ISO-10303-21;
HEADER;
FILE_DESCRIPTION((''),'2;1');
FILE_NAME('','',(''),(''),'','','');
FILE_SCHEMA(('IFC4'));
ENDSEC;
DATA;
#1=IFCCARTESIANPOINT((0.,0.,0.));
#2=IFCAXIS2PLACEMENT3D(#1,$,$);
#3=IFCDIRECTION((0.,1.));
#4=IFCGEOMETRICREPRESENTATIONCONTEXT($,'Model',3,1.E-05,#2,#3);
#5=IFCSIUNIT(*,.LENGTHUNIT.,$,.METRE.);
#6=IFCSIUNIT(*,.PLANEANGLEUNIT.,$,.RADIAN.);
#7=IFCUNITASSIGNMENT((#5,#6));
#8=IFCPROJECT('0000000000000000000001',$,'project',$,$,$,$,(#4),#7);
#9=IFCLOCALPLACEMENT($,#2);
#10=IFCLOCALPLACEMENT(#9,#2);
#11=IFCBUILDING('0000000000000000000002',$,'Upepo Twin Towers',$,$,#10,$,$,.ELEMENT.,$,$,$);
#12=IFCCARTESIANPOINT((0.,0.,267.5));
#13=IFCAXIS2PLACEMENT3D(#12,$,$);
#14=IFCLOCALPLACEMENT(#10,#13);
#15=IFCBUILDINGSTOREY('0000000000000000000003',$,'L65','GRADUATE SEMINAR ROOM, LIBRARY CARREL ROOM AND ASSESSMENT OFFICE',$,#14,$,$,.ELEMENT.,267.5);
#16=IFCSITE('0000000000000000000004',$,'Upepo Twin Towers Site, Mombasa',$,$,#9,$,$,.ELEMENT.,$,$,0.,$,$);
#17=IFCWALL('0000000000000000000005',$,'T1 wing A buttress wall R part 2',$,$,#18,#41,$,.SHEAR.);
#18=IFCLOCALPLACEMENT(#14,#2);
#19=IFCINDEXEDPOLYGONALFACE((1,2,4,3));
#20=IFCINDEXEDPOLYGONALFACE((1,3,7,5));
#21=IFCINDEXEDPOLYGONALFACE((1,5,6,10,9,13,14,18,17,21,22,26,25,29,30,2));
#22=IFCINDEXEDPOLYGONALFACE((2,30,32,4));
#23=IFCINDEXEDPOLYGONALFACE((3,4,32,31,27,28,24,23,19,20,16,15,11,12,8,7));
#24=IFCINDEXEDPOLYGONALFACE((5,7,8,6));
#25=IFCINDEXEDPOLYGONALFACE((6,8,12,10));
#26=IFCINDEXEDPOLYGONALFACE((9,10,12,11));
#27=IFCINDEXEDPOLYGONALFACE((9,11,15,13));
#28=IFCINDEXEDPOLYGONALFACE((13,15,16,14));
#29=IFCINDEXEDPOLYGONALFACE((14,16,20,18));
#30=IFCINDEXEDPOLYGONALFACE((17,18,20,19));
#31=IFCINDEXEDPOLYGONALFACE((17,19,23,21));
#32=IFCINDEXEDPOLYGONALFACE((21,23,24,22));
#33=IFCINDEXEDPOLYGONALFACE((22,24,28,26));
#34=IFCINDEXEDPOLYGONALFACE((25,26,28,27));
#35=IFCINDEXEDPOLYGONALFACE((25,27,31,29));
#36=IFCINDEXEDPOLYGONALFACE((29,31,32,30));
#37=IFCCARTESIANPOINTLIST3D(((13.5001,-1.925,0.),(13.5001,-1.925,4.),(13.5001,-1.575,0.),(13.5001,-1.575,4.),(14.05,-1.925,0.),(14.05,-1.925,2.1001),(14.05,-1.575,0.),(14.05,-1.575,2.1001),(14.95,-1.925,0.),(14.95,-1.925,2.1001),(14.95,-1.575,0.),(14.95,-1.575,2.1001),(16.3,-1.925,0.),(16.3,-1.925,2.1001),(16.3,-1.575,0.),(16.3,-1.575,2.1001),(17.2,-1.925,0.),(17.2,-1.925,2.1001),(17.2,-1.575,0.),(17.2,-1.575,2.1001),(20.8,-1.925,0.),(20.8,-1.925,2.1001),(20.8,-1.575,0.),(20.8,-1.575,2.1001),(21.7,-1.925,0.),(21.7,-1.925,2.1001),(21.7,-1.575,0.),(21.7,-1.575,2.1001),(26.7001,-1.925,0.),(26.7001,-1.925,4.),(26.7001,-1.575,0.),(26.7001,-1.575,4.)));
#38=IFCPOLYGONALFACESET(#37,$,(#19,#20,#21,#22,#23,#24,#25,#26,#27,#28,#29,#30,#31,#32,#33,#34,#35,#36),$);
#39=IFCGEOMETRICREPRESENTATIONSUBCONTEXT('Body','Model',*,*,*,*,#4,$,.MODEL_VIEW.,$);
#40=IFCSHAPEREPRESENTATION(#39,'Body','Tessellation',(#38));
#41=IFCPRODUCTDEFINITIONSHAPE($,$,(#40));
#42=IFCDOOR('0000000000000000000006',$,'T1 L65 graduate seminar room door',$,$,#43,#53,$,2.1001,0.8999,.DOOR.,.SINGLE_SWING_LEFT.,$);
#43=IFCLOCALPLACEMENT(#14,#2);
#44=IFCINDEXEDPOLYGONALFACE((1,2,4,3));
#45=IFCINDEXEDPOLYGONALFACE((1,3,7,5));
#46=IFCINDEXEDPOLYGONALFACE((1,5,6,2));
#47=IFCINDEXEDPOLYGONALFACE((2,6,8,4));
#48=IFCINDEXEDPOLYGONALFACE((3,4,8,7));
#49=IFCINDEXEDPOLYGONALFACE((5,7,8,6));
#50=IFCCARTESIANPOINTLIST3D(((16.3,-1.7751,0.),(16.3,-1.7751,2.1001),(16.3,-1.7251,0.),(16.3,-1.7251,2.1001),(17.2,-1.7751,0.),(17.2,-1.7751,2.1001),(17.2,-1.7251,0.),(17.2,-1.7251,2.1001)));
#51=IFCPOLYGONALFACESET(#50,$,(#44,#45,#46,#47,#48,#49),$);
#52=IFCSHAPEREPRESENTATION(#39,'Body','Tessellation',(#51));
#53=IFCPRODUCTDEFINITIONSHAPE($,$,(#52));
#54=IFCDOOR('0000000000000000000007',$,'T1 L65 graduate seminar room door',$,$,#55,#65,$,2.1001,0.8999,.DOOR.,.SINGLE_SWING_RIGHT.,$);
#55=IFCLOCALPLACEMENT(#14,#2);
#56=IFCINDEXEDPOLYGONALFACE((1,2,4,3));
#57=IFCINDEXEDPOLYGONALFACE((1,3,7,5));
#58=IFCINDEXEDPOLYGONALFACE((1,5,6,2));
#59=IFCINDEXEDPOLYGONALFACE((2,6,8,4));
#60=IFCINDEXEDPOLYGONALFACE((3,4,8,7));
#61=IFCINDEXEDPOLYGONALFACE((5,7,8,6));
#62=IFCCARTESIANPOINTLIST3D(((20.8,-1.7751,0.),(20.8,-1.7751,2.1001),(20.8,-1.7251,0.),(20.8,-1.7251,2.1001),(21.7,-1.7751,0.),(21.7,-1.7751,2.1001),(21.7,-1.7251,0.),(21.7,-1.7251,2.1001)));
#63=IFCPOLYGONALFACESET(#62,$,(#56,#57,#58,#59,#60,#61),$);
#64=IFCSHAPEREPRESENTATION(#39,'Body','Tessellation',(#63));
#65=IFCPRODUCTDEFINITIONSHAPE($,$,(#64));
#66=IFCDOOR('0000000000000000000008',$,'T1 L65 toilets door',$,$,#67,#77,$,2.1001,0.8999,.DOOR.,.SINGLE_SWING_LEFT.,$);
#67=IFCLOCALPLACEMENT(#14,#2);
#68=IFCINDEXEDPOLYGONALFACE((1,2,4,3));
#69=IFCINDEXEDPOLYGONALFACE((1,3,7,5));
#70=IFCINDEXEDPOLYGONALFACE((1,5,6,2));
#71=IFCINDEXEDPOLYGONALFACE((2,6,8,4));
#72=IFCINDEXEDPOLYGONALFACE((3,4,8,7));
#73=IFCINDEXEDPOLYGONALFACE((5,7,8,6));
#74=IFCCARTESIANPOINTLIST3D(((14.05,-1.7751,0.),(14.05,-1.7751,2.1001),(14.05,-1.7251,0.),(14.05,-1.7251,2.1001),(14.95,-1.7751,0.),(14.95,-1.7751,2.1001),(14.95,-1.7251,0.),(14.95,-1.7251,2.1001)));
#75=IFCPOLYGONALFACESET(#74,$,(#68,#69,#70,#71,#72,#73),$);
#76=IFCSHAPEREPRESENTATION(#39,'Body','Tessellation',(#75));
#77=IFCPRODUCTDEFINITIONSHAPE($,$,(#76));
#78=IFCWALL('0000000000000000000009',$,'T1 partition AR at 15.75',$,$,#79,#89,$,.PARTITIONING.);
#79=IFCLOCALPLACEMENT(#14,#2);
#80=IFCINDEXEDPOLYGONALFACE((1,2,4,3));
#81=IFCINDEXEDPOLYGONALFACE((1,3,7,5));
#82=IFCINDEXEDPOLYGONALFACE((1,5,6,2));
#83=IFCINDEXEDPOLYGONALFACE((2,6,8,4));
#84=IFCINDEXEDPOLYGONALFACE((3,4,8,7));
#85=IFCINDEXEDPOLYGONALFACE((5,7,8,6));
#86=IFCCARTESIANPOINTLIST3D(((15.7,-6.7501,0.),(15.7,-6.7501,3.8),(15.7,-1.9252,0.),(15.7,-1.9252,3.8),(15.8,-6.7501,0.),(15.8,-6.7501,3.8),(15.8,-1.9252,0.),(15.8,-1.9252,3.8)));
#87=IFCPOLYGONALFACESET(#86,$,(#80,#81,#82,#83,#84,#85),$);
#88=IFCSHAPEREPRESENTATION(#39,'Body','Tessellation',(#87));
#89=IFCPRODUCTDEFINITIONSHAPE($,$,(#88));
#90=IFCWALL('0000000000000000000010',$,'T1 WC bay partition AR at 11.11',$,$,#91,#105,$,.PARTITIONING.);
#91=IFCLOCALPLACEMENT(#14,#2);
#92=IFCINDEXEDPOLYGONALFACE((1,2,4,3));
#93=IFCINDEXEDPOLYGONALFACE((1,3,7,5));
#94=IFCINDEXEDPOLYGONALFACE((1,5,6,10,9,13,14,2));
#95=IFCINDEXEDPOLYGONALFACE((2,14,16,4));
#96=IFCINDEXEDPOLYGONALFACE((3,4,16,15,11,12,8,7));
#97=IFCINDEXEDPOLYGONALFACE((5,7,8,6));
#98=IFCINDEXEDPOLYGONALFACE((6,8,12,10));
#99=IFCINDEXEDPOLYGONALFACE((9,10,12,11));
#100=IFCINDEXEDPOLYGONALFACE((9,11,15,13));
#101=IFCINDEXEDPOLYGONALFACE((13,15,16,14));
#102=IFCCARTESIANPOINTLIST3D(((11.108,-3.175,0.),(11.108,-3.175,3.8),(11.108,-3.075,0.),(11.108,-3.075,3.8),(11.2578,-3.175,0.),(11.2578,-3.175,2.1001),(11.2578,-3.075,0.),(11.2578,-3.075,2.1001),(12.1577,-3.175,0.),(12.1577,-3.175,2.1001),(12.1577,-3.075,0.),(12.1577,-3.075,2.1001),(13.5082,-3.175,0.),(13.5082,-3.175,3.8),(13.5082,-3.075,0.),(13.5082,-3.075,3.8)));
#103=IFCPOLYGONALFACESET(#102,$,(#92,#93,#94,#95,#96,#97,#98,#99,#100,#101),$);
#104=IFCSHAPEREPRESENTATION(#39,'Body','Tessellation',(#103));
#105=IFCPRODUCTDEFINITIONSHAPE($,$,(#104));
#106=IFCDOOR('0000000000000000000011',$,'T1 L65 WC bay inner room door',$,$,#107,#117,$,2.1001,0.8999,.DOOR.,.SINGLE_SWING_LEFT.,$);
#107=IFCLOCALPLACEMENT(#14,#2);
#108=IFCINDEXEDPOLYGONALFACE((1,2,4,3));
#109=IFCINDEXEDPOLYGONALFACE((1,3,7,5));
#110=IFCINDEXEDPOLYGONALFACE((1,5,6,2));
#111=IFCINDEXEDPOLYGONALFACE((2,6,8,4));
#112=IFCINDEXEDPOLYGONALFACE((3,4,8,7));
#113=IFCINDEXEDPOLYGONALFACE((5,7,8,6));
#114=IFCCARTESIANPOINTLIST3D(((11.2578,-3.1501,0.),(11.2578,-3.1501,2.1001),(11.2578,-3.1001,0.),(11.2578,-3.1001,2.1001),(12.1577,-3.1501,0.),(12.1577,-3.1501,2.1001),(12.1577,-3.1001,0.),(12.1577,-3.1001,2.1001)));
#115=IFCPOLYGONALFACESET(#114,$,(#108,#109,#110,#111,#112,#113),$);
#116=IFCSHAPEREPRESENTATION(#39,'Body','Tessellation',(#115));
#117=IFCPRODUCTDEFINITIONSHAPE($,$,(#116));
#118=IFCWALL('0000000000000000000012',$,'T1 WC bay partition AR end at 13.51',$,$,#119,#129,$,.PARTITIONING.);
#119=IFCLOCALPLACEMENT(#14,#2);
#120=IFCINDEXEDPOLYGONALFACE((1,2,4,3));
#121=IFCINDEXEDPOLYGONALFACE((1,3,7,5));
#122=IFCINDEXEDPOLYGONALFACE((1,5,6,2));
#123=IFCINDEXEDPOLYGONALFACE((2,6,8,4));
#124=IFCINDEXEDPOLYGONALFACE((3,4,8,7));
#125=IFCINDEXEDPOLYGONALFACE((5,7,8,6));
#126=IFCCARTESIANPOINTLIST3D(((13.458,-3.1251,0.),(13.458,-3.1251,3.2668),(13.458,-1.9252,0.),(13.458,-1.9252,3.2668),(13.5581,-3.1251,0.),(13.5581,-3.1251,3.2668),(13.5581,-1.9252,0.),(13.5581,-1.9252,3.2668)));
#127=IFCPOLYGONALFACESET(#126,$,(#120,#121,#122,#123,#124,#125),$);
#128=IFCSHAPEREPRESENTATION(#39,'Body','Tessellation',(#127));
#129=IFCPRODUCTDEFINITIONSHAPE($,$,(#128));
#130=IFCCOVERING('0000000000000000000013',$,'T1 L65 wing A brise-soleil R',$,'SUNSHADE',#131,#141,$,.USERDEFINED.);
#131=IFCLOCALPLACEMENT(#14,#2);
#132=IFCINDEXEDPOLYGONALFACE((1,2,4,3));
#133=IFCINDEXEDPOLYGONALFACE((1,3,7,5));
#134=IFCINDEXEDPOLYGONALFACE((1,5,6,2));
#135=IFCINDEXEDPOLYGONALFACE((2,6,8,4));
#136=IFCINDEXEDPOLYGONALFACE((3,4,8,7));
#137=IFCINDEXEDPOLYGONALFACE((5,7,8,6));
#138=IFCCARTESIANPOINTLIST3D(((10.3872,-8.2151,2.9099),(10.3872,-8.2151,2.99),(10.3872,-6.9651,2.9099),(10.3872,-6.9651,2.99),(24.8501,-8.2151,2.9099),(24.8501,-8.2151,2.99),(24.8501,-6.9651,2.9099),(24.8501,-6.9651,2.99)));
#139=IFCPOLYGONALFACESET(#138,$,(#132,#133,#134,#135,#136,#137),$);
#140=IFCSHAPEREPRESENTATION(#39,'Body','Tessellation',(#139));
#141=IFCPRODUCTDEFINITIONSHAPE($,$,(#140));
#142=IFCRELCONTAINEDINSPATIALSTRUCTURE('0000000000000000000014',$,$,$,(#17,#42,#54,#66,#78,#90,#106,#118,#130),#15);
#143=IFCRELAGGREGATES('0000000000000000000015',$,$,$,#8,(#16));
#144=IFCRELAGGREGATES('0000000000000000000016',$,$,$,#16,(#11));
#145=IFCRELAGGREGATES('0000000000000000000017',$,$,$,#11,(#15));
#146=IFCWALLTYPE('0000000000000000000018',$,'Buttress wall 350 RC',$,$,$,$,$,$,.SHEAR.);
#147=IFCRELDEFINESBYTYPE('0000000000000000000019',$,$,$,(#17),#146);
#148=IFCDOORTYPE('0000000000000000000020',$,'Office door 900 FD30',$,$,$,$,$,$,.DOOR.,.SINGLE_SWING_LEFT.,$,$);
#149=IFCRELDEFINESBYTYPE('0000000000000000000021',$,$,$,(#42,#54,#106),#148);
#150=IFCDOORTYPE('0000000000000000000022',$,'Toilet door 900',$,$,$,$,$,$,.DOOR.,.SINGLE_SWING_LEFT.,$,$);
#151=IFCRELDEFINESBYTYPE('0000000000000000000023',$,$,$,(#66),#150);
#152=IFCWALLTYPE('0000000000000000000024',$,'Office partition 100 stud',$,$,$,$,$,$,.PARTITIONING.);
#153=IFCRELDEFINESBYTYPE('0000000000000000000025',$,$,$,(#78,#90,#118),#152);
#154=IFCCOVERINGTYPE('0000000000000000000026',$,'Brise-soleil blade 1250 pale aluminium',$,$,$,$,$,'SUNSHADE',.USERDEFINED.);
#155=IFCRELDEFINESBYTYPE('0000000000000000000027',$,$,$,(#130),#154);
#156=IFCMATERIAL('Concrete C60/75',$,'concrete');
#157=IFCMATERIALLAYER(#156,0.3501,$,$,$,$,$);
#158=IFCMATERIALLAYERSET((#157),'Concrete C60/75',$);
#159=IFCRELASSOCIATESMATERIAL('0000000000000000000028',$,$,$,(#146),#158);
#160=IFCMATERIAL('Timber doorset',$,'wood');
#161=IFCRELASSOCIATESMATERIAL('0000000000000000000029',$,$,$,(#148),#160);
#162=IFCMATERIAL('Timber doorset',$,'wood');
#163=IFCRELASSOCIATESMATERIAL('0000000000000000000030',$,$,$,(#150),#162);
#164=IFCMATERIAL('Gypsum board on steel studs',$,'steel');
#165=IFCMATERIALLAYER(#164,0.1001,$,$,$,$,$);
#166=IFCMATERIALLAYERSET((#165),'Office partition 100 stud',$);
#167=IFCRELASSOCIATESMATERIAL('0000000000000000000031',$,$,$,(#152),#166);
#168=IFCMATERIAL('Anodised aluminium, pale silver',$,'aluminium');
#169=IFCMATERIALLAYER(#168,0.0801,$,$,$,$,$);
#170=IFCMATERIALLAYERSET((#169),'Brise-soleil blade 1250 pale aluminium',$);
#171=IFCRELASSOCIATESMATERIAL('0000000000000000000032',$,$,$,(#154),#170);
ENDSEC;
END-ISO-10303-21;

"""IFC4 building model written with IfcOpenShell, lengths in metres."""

from ifc_helpers import new_model, si_unit, direction, frame, frame_2d, origin, origin_2d, place, context, subcontext, project, spatial, rectangle, extrude, material, layer, layer_set, type_object, element, fill, save


model = new_model("IFC4")

# Units and contexts
model_context = context("Model", 3, precision=1e-05, world=origin(), true_north=direction((0.0, 1.0)))
body_context = subcontext(model_context, "Body", "Model", "MODEL_VIEW")
ifc_project = project(units=[si_unit("LENGTHUNIT", "METRE"), si_unit("PLANEANGLEUNIT", "RADIAN")], contexts=[model_context])

# Site, building, storey
site_placement = place(None, origin())
site = spatial("IfcSite", under=ifc_project, at=site_placement, Name="Upepo Twin Towers Site, Mombasa", CompositionType="ELEMENT", RefElevation=0.0)
building_placement = place(site_placement, origin())
building = spatial("IfcBuilding", under=site, at=building_placement, Name="Upepo Twin Towers", CompositionType="ELEMENT")
storey_placement = place(building_placement, frame((0.0, 0.0, 267.5)))
storey = spatial("IfcBuildingStorey", under=building, at=storey_placement, Name="L65", Description="GRADUATE SEMINAR ROOM, LIBRARY CARREL ROOM AND ASSESSMENT OFFICE", CompositionType="ELEMENT", Elevation=267.5)

# Shared definitions
ifc_material_1 = material(Name="Concrete C60/75", Category="concrete")
ifc_layer_1 = layer(ifc_material_1, 0.3501)
ifc_layer_set_1 = layer_set([ifc_layer_1], Name="Concrete C60/75")
wall_type_1 = type_object("IfcWallType", Name="Buttress wall 350 RC", PredefinedType="SHEAR", material=ifc_layer_set_1)

# Wall, openings, doors
wall_1_placement = place(storey_placement, frame((13.5, -1.75, 0.0), z_axis=(0.0, 0.0, 1.0), x_axis=(1.0, 0.0, 0.0)))
wall_1 = element("IfcWall", 1, at=wall_1_placement, inside=storey, type_object=wall_type_1, Name="T1 wing A buttress wall R part 2", PredefinedType="SHEAR", context=body_context, shape_type="SweptSolid", body=[
    extrude(rectangle(XDim=13.2, YDim=0.3501, at=frame_2d((6.6001, 0.0))), origin(), (0.0, 0.0, 1.0), 4.0),
])
opening_1_placement = place(wall_1_placement, frame((0.55, 0.0, 0.0)))
opening_1 = element("IfcOpeningElement", 2, at=opening_1_placement, cuts=wall_1, PredefinedType="OPENING", context=body_context, shape_type="SweptSolid", body=[
    extrude(rectangle(XDim=0.8999, YDim=2.1001, at=frame_2d((0.45, 1.05))), frame((0.0, 0.1851, 0.0), z_axis=(0.0, -1.0, 0.0), x_axis=(1.0, 0.0, 0.0)), (0.0, 0.0, 1.0), 0.3701),
])
opening_2_placement = place(wall_1_placement, frame((2.8, 0.0, 0.0)))
opening_2 = element("IfcOpeningElement", 3, at=opening_2_placement, cuts=wall_1, PredefinedType="OPENING", context=body_context, shape_type="SweptSolid", body=[
    extrude(rectangle(XDim=0.8999, YDim=2.1001, at=frame_2d((0.45, 1.05))), frame((0.0, 0.1851, 0.0), z_axis=(0.0, -1.0, 0.0), x_axis=(1.0, 0.0, 0.0)), (0.0, 0.0, 1.0), 0.3701),
])
opening_3_placement = place(wall_1_placement, frame((7.3, 0.0, 0.0)))
opening_3 = element("IfcOpeningElement", 4, at=opening_3_placement, cuts=wall_1, PredefinedType="OPENING", context=body_context, shape_type="SweptSolid", body=[
    extrude(rectangle(XDim=0.8999, YDim=2.1001, at=frame_2d((0.45, 1.05))), frame((0.0, 0.1851, 0.0), z_axis=(0.0, -1.0, 0.0), x_axis=(1.0, 0.0, 0.0)), (0.0, 0.0, 1.0), 0.3701),
])
ifc_material_2 = material(Name="Timber doorset", Category="wood")
door_type_1 = type_object("IfcDoorType", Name="Office door 900 FD30", OperationType="SINGLE_SWING_LEFT", PredefinedType="DOOR", material=ifc_material_2)
door_1_placement = place(opening_2_placement, origin())
door_1 = element("IfcDoor", 5, at=door_1_placement, inside=storey, type_object=door_type_1, Name="T1 L65 graduate seminar room door", OperationType="SINGLE_SWING_LEFT", OverallHeight=2.1001, OverallWidth=0.8999, PredefinedType="DOOR", context=body_context, shape_type="SweptSolid", body=[
    extrude(rectangle(XDim=0.8999, YDim=2.1001, at=frame_2d((0.45, 1.05))), frame((0.0, 0.0249, 0.0), z_axis=(0.0, -1.0, 0.0), x_axis=(1.0, 0.0, 0.0)), (0.0, 0.0, 1.0), 0.05),
])
fill(opening_2, door_1)
door_2_placement = place(opening_3_placement, origin())
door_2 = element("IfcDoor", 6, at=door_2_placement, inside=storey, type_object=door_type_1, Name="T1 L65 graduate seminar room door", OperationType="SINGLE_SWING_RIGHT", OverallHeight=2.1001, OverallWidth=0.8999, PredefinedType="DOOR", context=body_context, shape_type="SweptSolid", body=[
    extrude(rectangle(XDim=0.8999, YDim=2.1001, at=frame_2d((0.45, 1.05))), frame((0.0, 0.0249, 0.0), z_axis=(0.0, -1.0, 0.0), x_axis=(1.0, 0.0, 0.0)), (0.0, 0.0, 1.0), 0.05),
])
fill(opening_3, door_2)
ifc_material_3 = material(Name="Timber doorset", Category="wood")
door_type_2 = type_object("IfcDoorType", Name="Toilet door 900", OperationType="SINGLE_SWING_LEFT", PredefinedType="DOOR", material=ifc_material_3)
door_3_placement = place(opening_1_placement, origin())
door_3 = element("IfcDoor", 7, at=door_3_placement, inside=storey, type_object=door_type_2, Name="T1 L65 toilets door", OperationType="SINGLE_SWING_LEFT", OverallHeight=2.1001, OverallWidth=0.8999, PredefinedType="DOOR", context=body_context, shape_type="SweptSolid", body=[
    extrude(rectangle(XDim=0.8999, YDim=2.1001, at=frame_2d((0.45, 1.05))), frame((0.0, 0.0249, 0.0), z_axis=(0.0, -1.0, 0.0), x_axis=(1.0, 0.0, 0.0)), (0.0, 0.0, 1.0), 0.05),
])
fill(opening_1, door_3)

# Wall
ifc_material_4 = material(Name="Gypsum board on steel studs", Category="steel")
ifc_layer_2 = layer(ifc_material_4, 0.1001)
ifc_layer_set_2 = layer_set([ifc_layer_2], Name="Office partition 100 stud")
wall_type_2 = type_object("IfcWallType", Name="Office partition 100 stud", PredefinedType="PARTITIONING", material=ifc_layer_set_2)
wall_2_placement = place(storey_placement, frame((15.75, -1.925, 0.0), z_axis=(0.0, 0.0, 1.0), x_axis=(0.0, -1.0, 0.0)))
element("IfcWall", 8, at=wall_2_placement, inside=storey, type_object=wall_type_2, Name="T1 partition AR at 15.75", PredefinedType="PARTITIONING", context=body_context, shape_type="SweptSolid", body=[
    extrude(rectangle(XDim=4.825, YDim=0.1001, at=frame_2d((2.4126, 0.0))), origin(), (0.0, 0.0, 1.0), 3.8),
])

# Wall, opening, door
wall_3_placement = place(storey_placement, frame((11.1079, -3.125, 0.0), z_axis=(0.0, 0.0, 1.0), x_axis=(1.0, 0.0, 0.0)))
wall_3 = element("IfcWall", 9, at=wall_3_placement, inside=storey, type_object=wall_type_2, Name="T1 WC bay partition AR at 11.11", PredefinedType="PARTITIONING", context=body_context, shape_type="SweptSolid", body=[
    extrude(rectangle(XDim=2.4001, YDim=0.1001, at=frame_2d((1.2002, 0.0))), origin(), (0.0, 0.0, 1.0), 3.8),
])
opening_4_placement = place(wall_3_placement, frame((0.1499, 0.0, 0.0)))
opening_4 = element("IfcOpeningElement", 10, at=opening_4_placement, cuts=wall_3, PredefinedType="OPENING", context=body_context, shape_type="SweptSolid", body=[
    extrude(rectangle(XDim=0.8999, YDim=2.1001, at=frame_2d((0.45, 1.05))), frame((0.0, 0.0601, 0.0), z_axis=(0.0, -1.0, 0.0), x_axis=(1.0, 0.0, 0.0)), (0.0, 0.0, 1.0), 0.1201),
])
door_4_placement = place(opening_4_placement, origin())
door_4 = element("IfcDoor", 11, at=door_4_placement, inside=storey, type_object=door_type_1, Name="T1 L65 WC bay inner room door", OperationType="SINGLE_SWING_LEFT", OverallHeight=2.1001, OverallWidth=0.8999, PredefinedType="DOOR", context=body_context, shape_type="SweptSolid", body=[
    extrude(rectangle(XDim=0.8999, YDim=2.1001, at=frame_2d((0.45, 1.05))), frame((0.0, 0.0249, 0.0), z_axis=(0.0, -1.0, 0.0), x_axis=(1.0, 0.0, 0.0)), (0.0, 0.0, 1.0), 0.05),
])
fill(opening_4, door_4)

# Wall
wall_4_placement = place(storey_placement, frame((13.5081, -1.925, 0.0), z_axis=(0.0, 0.0, 1.0), x_axis=(0.0, -1.0, 0.0)))
element("IfcWall", 12, at=wall_4_placement, inside=storey, type_object=wall_type_2, Name="T1 WC bay partition AR end at 13.51", PredefinedType="PARTITIONING", context=body_context, shape_type="SweptSolid", body=[
    extrude(rectangle(XDim=1.2, YDim=0.1001, at=frame_2d((0.6001, 0.0))), origin(), (0.0, 0.0, 1.0), 3.2668),
])

# Covering
ifc_material_5 = material(Name="Anodised aluminium, pale silver", Category="aluminium")
ifc_layer_3 = layer(ifc_material_5, 0.0801)
ifc_layer_set_3 = layer_set([ifc_layer_3], Name="Brise-soleil blade 1250 pale aluminium")
covering_type = type_object("IfcCoveringType", Name="Brise-soleil blade 1250 pale aluminium", ElementType="SUNSHADE", PredefinedType="USERDEFINED", material=ifc_layer_set_3)
covering_placement = place(storey_placement, frame((17.6187, -7.5901, 2.9099), z_axis=(0.0, 0.0, 1.0), x_axis=(1.0, 0.0, 0.0)))
element("IfcCovering", 13, at=covering_placement, inside=storey, type_object=covering_type, Name="T1 L65 wing A brise-soleil R", ObjectType="SUNSHADE", PredefinedType="USERDEFINED", context=body_context, shape_type="SweptSolid", body=[
    extrude(rectangle(XDim=14.4629, YDim=1.25, at=origin_2d()), origin(), (0.0, 0.0, 1.0), 0.0801),
])

save(model, "model.ifc")
